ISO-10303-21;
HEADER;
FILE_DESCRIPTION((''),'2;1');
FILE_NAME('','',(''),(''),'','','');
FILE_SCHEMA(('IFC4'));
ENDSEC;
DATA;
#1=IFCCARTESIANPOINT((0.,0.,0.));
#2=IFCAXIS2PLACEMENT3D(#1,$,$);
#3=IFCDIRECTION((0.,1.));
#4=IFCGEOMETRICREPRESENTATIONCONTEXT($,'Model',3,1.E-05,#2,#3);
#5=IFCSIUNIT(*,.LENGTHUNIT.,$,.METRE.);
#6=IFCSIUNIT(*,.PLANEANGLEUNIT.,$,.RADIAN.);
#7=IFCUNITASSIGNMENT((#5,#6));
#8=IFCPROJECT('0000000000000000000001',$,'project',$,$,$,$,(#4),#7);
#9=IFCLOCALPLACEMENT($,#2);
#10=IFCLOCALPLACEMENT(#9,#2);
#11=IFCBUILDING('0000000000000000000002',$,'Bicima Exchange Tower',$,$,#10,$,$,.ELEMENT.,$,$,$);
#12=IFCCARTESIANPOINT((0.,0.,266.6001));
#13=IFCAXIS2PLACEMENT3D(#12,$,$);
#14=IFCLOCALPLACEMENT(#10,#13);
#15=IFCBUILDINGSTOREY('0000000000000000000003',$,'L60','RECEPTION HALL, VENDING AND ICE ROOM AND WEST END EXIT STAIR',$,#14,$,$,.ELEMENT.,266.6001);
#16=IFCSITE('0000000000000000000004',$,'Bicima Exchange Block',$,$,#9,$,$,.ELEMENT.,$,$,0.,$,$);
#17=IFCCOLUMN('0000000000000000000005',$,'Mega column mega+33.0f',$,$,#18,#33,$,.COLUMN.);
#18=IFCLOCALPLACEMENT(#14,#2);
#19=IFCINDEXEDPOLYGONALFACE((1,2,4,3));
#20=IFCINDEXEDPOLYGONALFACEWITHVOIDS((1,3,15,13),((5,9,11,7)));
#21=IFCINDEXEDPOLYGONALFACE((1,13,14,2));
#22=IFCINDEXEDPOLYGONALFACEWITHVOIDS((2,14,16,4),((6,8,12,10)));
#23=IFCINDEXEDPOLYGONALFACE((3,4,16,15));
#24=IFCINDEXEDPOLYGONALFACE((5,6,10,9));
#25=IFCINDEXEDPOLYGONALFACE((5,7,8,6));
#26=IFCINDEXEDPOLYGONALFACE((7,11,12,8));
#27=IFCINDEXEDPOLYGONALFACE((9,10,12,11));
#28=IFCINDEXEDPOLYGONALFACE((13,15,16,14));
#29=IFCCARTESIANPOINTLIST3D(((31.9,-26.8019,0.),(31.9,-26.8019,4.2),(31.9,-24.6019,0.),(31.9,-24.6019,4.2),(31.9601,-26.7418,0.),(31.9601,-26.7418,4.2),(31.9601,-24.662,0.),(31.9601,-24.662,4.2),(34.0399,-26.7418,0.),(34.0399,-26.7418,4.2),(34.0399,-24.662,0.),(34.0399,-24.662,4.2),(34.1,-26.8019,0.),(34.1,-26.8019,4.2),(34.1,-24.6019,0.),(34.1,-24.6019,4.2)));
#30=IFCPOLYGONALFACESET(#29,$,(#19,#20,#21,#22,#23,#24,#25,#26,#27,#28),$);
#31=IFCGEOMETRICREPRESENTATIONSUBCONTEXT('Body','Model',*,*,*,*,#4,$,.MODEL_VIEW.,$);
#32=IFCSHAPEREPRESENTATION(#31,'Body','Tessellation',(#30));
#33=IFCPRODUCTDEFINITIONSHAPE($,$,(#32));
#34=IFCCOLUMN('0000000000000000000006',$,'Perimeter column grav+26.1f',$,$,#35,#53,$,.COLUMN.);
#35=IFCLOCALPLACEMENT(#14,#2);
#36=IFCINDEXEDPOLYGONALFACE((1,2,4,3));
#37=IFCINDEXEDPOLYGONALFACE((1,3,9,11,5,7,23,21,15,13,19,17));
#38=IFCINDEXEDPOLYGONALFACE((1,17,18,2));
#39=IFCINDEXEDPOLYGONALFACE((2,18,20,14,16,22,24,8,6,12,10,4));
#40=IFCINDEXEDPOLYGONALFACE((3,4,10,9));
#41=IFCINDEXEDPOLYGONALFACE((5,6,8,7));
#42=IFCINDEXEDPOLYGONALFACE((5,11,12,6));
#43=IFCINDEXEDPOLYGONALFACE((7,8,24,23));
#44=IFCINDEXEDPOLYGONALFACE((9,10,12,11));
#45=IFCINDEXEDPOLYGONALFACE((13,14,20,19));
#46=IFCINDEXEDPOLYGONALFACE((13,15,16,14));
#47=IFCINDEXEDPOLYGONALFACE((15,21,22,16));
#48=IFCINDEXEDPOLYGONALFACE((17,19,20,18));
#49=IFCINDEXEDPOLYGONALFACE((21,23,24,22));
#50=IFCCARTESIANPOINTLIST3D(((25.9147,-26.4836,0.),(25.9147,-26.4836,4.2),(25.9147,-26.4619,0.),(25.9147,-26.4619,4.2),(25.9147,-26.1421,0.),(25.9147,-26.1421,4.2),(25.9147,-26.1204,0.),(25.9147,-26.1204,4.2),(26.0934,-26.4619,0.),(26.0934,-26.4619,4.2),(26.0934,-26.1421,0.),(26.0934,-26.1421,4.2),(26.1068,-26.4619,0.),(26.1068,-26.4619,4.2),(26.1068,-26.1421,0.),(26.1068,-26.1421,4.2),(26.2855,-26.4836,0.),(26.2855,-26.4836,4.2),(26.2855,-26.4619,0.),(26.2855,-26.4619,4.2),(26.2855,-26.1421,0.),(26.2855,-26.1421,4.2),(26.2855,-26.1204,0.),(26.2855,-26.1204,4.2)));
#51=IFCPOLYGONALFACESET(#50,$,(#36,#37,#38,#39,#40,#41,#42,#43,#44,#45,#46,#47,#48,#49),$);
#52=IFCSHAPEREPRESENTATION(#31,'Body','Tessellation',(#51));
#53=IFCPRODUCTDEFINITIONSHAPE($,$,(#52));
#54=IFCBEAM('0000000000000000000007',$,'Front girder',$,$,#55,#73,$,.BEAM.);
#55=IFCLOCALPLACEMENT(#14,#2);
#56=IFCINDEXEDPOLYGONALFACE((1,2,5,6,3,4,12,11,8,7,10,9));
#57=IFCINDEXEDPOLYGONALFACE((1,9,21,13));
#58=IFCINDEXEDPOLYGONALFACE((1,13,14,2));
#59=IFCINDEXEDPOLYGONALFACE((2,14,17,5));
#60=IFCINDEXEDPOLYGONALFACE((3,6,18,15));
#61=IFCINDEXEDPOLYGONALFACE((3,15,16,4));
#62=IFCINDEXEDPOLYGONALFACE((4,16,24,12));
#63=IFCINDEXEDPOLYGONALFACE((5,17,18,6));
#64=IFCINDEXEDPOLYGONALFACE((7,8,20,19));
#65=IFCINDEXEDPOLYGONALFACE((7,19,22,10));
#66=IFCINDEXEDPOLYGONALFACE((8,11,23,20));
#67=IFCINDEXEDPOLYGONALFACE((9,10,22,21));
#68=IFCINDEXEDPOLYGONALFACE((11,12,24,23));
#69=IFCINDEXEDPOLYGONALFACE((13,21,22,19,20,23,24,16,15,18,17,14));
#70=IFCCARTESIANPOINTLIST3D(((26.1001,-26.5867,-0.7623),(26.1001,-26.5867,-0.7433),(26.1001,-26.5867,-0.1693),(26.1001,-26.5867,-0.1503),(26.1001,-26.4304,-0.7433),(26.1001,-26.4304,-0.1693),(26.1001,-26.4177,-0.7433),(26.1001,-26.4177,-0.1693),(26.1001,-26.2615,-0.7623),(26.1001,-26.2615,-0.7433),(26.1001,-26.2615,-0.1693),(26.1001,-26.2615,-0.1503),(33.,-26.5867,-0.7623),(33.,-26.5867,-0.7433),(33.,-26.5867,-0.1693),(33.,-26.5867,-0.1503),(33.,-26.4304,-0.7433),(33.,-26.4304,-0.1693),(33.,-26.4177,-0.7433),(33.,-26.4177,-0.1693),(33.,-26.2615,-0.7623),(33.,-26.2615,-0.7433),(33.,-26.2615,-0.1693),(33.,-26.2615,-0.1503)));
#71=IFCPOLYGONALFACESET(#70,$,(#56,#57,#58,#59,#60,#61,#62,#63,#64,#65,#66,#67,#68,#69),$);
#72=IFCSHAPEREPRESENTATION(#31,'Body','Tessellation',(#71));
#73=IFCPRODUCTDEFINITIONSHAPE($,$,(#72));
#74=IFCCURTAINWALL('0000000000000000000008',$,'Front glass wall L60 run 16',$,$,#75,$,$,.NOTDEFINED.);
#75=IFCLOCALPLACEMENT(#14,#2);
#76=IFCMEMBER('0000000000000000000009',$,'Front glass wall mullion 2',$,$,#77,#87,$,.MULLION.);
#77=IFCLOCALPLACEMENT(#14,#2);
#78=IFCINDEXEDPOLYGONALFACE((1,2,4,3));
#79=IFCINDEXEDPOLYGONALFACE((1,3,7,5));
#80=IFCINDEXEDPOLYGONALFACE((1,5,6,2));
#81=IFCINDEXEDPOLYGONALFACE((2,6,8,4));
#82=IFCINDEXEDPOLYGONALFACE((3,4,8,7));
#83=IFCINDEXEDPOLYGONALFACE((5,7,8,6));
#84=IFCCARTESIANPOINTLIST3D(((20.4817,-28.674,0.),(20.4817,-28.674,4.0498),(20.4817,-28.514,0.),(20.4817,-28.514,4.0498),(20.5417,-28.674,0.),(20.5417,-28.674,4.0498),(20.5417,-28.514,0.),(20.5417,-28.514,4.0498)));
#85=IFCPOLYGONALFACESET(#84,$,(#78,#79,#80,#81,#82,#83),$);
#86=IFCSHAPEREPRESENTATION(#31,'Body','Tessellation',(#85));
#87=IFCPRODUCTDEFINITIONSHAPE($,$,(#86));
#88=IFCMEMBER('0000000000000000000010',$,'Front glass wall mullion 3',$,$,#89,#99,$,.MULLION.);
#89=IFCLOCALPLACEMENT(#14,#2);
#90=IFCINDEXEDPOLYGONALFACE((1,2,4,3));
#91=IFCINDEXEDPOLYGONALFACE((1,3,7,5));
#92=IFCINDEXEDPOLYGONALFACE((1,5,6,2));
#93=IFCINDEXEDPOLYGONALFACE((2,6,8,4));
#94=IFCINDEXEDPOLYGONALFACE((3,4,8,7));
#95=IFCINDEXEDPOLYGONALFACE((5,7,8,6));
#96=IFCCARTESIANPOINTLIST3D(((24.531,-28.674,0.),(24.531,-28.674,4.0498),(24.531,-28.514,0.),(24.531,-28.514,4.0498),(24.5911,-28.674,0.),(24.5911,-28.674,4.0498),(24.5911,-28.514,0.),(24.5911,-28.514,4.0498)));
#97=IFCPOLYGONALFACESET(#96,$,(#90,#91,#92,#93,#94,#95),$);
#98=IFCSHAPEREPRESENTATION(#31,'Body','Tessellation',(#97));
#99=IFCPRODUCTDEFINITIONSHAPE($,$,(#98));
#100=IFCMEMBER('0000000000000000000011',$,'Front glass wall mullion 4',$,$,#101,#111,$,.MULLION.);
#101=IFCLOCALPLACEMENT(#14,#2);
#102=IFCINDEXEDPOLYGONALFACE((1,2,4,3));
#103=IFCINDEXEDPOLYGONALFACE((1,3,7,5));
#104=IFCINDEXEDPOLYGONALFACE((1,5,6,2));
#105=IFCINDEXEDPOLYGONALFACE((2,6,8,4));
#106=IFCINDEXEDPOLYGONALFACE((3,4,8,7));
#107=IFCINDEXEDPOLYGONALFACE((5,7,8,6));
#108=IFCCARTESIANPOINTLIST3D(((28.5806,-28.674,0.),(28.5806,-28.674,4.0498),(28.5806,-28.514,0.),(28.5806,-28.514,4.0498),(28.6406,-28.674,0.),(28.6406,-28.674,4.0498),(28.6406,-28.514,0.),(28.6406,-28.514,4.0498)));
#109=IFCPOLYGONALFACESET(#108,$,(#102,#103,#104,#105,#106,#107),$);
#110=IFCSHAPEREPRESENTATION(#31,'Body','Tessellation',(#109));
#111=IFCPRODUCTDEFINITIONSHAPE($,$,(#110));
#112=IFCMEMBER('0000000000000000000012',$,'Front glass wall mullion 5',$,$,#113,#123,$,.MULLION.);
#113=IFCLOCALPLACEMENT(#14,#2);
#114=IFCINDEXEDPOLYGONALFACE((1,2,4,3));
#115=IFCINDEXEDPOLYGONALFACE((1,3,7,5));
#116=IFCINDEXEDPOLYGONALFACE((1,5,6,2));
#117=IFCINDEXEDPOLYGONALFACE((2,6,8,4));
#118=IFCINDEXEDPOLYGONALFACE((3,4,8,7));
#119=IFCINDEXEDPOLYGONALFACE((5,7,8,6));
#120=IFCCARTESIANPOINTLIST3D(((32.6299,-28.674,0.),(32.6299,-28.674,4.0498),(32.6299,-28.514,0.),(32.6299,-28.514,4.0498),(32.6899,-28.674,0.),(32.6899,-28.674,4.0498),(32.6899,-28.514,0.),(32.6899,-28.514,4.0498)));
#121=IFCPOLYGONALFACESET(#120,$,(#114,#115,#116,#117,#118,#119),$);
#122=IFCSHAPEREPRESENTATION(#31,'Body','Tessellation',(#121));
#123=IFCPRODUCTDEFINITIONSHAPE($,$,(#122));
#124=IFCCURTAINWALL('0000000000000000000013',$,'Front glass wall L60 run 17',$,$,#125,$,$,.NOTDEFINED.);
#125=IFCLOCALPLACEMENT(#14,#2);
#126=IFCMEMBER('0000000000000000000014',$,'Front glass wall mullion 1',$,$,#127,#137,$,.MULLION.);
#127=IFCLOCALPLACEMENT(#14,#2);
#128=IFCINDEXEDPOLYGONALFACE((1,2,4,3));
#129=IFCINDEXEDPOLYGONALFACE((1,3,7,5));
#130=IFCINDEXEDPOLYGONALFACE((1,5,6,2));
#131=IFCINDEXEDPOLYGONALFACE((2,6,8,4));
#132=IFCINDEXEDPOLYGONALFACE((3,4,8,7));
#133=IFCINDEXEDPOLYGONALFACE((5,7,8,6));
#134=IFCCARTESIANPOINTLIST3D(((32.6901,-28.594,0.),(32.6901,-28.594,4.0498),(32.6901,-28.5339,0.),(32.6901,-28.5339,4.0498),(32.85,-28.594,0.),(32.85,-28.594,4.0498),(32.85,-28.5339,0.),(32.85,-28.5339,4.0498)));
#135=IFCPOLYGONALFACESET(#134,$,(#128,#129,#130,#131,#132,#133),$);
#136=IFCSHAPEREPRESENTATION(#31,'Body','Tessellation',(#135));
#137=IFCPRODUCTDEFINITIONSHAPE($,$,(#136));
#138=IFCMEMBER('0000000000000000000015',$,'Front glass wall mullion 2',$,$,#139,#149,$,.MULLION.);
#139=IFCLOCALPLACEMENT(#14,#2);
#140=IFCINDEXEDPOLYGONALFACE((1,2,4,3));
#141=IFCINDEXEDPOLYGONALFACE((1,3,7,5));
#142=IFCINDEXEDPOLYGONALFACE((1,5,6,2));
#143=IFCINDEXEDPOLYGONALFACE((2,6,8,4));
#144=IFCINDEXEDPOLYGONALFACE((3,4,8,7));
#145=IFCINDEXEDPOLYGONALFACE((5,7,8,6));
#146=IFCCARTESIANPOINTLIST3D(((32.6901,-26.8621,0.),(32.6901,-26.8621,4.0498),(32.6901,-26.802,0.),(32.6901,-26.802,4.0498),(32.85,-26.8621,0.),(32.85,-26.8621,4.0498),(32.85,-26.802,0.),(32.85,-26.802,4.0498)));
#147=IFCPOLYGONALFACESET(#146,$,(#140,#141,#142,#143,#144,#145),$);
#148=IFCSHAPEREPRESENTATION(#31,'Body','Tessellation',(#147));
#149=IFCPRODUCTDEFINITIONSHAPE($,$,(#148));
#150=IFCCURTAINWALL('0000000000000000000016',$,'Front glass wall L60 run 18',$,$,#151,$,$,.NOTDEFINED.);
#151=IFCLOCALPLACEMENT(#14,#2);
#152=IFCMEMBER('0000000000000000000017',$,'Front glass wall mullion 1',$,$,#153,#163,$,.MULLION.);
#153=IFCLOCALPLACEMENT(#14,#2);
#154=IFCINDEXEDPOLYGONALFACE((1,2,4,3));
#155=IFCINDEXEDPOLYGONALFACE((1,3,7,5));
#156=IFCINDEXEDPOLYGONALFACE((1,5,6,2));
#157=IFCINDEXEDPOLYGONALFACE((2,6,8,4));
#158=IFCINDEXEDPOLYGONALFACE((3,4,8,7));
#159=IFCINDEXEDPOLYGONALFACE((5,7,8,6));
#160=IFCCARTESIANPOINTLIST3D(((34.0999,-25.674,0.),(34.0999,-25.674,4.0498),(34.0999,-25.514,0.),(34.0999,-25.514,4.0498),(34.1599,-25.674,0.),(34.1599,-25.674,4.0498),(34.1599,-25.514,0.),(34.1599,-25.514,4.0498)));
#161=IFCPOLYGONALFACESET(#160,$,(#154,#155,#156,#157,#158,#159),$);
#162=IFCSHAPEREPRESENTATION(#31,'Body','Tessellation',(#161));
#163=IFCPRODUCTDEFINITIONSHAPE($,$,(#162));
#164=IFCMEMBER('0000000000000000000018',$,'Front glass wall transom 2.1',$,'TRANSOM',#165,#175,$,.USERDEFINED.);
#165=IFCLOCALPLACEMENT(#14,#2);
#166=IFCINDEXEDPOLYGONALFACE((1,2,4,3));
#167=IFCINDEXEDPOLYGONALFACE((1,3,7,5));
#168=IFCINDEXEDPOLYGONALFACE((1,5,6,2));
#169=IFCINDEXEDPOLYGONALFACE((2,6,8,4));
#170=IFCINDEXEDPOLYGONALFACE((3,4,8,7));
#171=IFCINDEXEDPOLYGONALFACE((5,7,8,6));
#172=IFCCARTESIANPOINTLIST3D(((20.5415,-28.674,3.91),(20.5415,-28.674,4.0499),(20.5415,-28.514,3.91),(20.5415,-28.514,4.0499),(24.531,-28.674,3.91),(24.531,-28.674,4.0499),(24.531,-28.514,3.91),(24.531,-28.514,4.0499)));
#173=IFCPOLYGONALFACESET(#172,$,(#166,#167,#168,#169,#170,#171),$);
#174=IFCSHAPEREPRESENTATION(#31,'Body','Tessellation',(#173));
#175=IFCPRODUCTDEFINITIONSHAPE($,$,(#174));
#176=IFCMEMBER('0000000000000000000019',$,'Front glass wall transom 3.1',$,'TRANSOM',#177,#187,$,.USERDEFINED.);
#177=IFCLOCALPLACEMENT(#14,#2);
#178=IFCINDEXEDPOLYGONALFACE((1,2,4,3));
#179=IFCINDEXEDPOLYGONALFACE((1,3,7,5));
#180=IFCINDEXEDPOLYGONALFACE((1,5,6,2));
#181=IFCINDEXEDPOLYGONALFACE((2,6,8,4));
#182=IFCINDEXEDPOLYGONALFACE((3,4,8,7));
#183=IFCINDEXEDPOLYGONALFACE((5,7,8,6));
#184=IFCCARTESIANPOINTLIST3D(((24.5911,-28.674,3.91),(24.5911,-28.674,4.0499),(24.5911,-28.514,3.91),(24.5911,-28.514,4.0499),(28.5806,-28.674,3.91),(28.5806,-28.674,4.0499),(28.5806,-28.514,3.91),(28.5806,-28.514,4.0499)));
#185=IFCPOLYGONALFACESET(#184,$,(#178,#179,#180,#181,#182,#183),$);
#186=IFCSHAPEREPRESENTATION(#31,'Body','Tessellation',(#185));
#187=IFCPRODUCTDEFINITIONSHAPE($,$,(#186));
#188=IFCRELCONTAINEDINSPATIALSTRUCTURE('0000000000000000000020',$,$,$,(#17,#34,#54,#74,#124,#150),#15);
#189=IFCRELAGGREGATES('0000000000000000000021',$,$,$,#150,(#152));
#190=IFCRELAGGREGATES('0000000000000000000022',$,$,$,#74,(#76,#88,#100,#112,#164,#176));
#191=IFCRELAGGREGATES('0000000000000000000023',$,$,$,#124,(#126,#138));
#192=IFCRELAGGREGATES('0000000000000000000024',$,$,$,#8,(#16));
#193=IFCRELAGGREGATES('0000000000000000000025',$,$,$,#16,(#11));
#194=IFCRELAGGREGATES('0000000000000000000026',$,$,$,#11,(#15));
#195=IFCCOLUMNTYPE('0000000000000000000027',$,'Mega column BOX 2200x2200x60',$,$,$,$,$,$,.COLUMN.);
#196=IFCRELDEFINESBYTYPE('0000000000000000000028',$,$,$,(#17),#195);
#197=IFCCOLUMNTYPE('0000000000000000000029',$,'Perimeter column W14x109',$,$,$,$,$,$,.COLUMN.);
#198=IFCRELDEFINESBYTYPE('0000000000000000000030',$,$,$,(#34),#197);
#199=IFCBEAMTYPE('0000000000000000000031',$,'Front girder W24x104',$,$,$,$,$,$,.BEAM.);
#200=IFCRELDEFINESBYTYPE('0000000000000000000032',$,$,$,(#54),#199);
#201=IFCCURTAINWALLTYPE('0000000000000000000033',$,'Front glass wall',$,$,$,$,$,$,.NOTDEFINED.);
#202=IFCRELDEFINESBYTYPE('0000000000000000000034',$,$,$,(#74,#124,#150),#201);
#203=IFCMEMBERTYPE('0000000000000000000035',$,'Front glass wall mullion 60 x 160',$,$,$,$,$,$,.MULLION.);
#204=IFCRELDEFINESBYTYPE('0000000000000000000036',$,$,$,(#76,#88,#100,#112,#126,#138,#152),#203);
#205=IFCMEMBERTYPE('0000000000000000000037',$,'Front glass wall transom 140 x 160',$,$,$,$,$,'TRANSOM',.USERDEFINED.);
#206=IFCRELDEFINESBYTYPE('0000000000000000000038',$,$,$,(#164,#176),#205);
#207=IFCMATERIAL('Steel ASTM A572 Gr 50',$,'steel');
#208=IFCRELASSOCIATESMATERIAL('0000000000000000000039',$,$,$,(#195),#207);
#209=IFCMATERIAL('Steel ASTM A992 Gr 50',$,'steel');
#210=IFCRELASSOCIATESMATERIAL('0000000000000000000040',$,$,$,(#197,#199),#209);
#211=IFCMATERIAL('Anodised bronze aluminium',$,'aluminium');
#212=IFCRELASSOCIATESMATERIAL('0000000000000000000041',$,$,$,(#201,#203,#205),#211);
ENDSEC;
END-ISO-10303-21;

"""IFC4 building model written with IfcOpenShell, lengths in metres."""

from ifc_helpers import new_model, si_unit, direction, frame, origin, origin_2d, place, context, subcontext, project, spatial, rectangle, hollow_rectangle, i_section, extrude, material, material_profile, profile_set, type_object, element, aggregate, save


model = new_model("IFC4")

# Units and contexts
model_context = context("Model", 3, precision=1e-05, world=origin(), true_north=direction((0.0, 1.0)))
body_context = subcontext(model_context, "Body", "Model", "MODEL_VIEW")
ifc_project = project(units=[si_unit("LENGTHUNIT", "METRE"), si_unit("PLANEANGLEUNIT", "RADIAN")], contexts=[model_context])

# Site, building, storey
site_placement = place(None, origin())
site = spatial("IfcSite", under=ifc_project, at=site_placement, Name="Bicima Exchange Block", CompositionType="ELEMENT", RefElevation=0.0)
building_placement = place(site_placement, origin())
building = spatial("IfcBuilding", under=site, at=building_placement, Name="Bicima Exchange Tower", CompositionType="ELEMENT")
storey_placement = place(building_placement, frame((0.0, 0.0, 266.6001)))
storey = spatial("IfcBuildingStorey", under=building, at=storey_placement, Name="L60", Description="RECEPTION HALL, VENDING AND ICE ROOM AND WEST END EXIT STAIR", CompositionType="ELEMENT", Elevation=266.6001)

# Columns
ifc_material_1 = material(Name="Steel ASTM A572 Gr 50", Category="steel")
ifc_material_profile_1 = material_profile(ifc_material_1, hollow_rectangle(XDim=2.2, YDim=2.2, WallThickness=0.0601, at=origin_2d()))
ifc_profile_set_1 = profile_set([ifc_material_profile_1], Name="Steel ASTM A572 Gr 50")
column_type_1 = type_object("IfcColumnType", Name="Mega column BOX 2200x2200x60", PredefinedType="COLUMN", material=ifc_profile_set_1)
column_1_placement = place(storey_placement, frame((33.0, -25.7019, 0.0), z_axis=(0.0, 0.0, 1.0), x_axis=(1.0, 0.0, 0.0)))
element("IfcColumn", 1, at=column_1_placement, inside=storey, type_object=column_type_1, Name="Mega column mega+33.0f", PredefinedType="COLUMN", context=body_context, shape_type="SweptSolid", body=[
    extrude(hollow_rectangle(XDim=2.2, YDim=2.2, WallThickness=0.0601, at=origin_2d()), origin(), (0.0, 0.0, 1.0), 4.2),
])
ifc_material_2 = material(Name="Steel ASTM A992 Gr 50", Category="steel")
ifc_material_profile_2 = material_profile(ifc_material_2, i_section(OverallWidth=0.3708, OverallDepth=0.3633, WebThickness=0.0134, FlangeThickness=0.0217, at=origin_2d()))
ifc_profile_set_2 = profile_set([ifc_material_profile_2], Name="Steel ASTM A992 Gr 50")
column_type_2 = type_object("IfcColumnType", Name="Perimeter column W14x109", PredefinedType="COLUMN", material=ifc_profile_set_2)
column_2_placement = place(storey_placement, frame((26.1001, -26.302, 0.0), z_axis=(0.0, 0.0, 1.0), x_axis=(1.0, 0.0, 0.0)))
element("IfcColumn", 2, at=column_2_placement, inside=storey, type_object=column_type_2, Name="Perimeter column grav+26.1f", PredefinedType="COLUMN", context=body_context, shape_type="SweptSolid", body=[
    extrude(i_section(OverallWidth=0.3708, OverallDepth=0.3633, WebThickness=0.0134, FlangeThickness=0.0217, at=origin_2d()), origin(), (0.0, 0.0, 1.0), 4.2),
])

# Beam
ifc_material_profile_3 = material_profile(ifc_material_2, i_section(OverallWidth=0.3252, OverallDepth=0.6121, WebThickness=0.0127, FlangeThickness=0.019, at=origin_2d()))
ifc_profile_set_3 = profile_set([ifc_material_profile_3], Name="Steel ASTM A992 Gr 50")
beam_type = type_object("IfcBeamType", Name="Front girder W24x104", PredefinedType="BEAM", material=ifc_profile_set_3)
beam_placement = place(storey_placement, frame((26.1001, -26.4241, -0.4563), z_axis=(1.0, 0.0, 0.0), x_axis=(0.0, 1.0, 0.0)))
element("IfcBeam", 3, at=beam_placement, inside=storey, type_object=beam_type, Name="Front girder", PredefinedType="BEAM", context=body_context, shape_type="SweptSolid", body=[
    extrude(i_section(OverallWidth=0.3252, OverallDepth=0.6121, WebThickness=0.0127, FlangeThickness=0.019, at=origin_2d()), origin(), (0.0, 0.0, 1.0), 6.8999),
])

# Curtain walls, members
ifc_material_3 = material(Name="Anodised bronze aluminium", Category="aluminium")
curtain_wall_type = type_object("IfcCurtainWallType", Name="Front glass wall", PredefinedType="NOTDEFINED", material=ifc_material_3)
curtain_wall_1_placement = place(storey_placement, origin())
curtain_wall_1 = element("IfcCurtainWall", 4, at=curtain_wall_1_placement, inside=storey, type_object=curtain_wall_type, Name="Front glass wall L60 run 16", PredefinedType="NOTDEFINED")
ifc_material_profile_4 = material_profile(ifc_material_3, rectangle(XDim=0.1599, YDim=0.0601, at=origin_2d()))
ifc_profile_set_4 = profile_set([ifc_material_profile_4], Name="Anodised bronze aluminium")
member_type_1 = type_object("IfcMemberType", Name="Front glass wall mullion 60 x 160", PredefinedType="MULLION", material=ifc_profile_set_4)
member_1_placement = place(storey_placement, frame((20.5117, -28.594, 0.0), z_axis=(0.0, 0.0, 1.0), x_axis=(0.0, 1.0, 0.0)))
member_1 = element("IfcMember", 5, at=member_1_placement, type_object=member_type_1, Name="Front glass wall mullion 2", PredefinedType="MULLION", context=body_context, shape_type="SweptSolid", body=[
    extrude(rectangle(XDim=0.1599, YDim=0.0601, at=origin_2d()), origin(), (0.0, 0.0, 1.0), 4.0498),
])
member_2_placement = place(storey_placement, frame((24.561, -28.594, 0.0), z_axis=(0.0, 0.0, 1.0), x_axis=(0.0, 1.0, 0.0)))
member_2 = element("IfcMember", 6, at=member_2_placement, type_object=member_type_1, Name="Front glass wall mullion 3", PredefinedType="MULLION", context=body_context, shape_type="SweptSolid", body=[
    extrude(rectangle(XDim=0.1599, YDim=0.0601, at=origin_2d()), origin(), (0.0, 0.0, 1.0), 4.0498),
])
member_3_placement = place(storey_placement, frame((28.6106, -28.594, 0.0), z_axis=(0.0, 0.0, 1.0), x_axis=(0.0, 1.0, 0.0)))
member_3 = element("IfcMember", 7, at=member_3_placement, type_object=member_type_1, Name="Front glass wall mullion 4", PredefinedType="MULLION", context=body_context, shape_type="SweptSolid", body=[
    extrude(rectangle(XDim=0.1599, YDim=0.0601, at=origin_2d()), origin(), (0.0, 0.0, 1.0), 4.0498),
])
member_4_placement = place(storey_placement, frame((32.6599, -28.594, 0.0), z_axis=(0.0, 0.0, 1.0), x_axis=(0.0, 1.0, 0.0)))
member_4 = element("IfcMember", 8, at=member_4_placement, type_object=member_type_1, Name="Front glass wall mullion 5", PredefinedType="MULLION", context=body_context, shape_type="SweptSolid", body=[
    extrude(rectangle(XDim=0.1599, YDim=0.0601, at=origin_2d()), origin(), (0.0, 0.0, 1.0), 4.0498),
])
curtain_wall_2_placement = place(storey_placement, origin())
curtain_wall_2 = element("IfcCurtainWall", 9, at=curtain_wall_2_placement, inside=storey, type_object=curtain_wall_type, Name="Front glass wall L60 run 17", PredefinedType="NOTDEFINED")
member_5_placement = place(storey_placement, frame((32.77, -28.564, 0.0), z_axis=(0.0, 0.0, 1.0), x_axis=(-1.0, 0.0, 0.0)))
member_5 = element("IfcMember", 10, at=member_5_placement, type_object=member_type_1, Name="Front glass wall mullion 1", PredefinedType="MULLION", context=body_context, shape_type="SweptSolid", body=[
    extrude(rectangle(XDim=0.1599, YDim=0.0601, at=origin_2d()), origin(), (0.0, 0.0, 1.0), 4.0498),
])
member_6_placement = place(storey_placement, frame((32.77, -26.832, 0.0), z_axis=(0.0, 0.0, 1.0), x_axis=(-1.0, 0.0, 0.0)))
member_6 = element("IfcMember", 11, at=member_6_placement, type_object=member_type_1, Name="Front glass wall mullion 2", PredefinedType="MULLION", context=body_context, shape_type="SweptSolid", body=[
    extrude(rectangle(XDim=0.1599, YDim=0.0601, at=origin_2d()), origin(), (0.0, 0.0, 1.0), 4.0498),
])

# Curtain wall, member
curtain_wall_3_placement = place(storey_placement, origin())
curtain_wall_3 = element("IfcCurtainWall", 12, at=curtain_wall_3_placement, inside=storey, type_object=curtain_wall_type, Name="Front glass wall L60 run 18", PredefinedType="NOTDEFINED")
member_7_placement = place(storey_placement, frame((34.1299, -25.594, 0.0), z_axis=(0.0, 0.0, 1.0), x_axis=(0.0, 1.0, 0.0)))
member_7 = element("IfcMember", 13, at=member_7_placement, type_object=member_type_1, Name="Front glass wall mullion 1", PredefinedType="MULLION", context=body_context, shape_type="SweptSolid", body=[
    extrude(rectangle(XDim=0.1599, YDim=0.0601, at=origin_2d()), origin(), (0.0, 0.0, 1.0), 4.0498),
])
aggregate(curtain_wall_3, [member_7])

# Members
ifc_material_profile_5 = material_profile(ifc_material_3, rectangle(XDim=0.1599, YDim=0.1399, at=origin_2d()))
ifc_profile_set_5 = profile_set([ifc_material_profile_5], Name="Anodised bronze aluminium")
member_type_2 = type_object("IfcMemberType", Name="Front glass wall transom 140 x 160", ElementType="TRANSOM", PredefinedType="USERDEFINED", material=ifc_profile_set_5)
member_8_placement = place(storey_placement, frame((20.5415, -28.594, 3.98), z_axis=(1.0, 0.0, 0.0), x_axis=(0.0, 1.0, 0.0)))
member_8 = element("IfcMember", 14, at=member_8_placement, type_object=member_type_2, Name="Front glass wall transom 2.1", ObjectType="TRANSOM", PredefinedType="USERDEFINED", context=body_context, shape_type="SweptSolid", body=[
    extrude(rectangle(XDim=0.1599, YDim=0.1399, at=origin_2d()), origin(), (0.0, 0.0, 1.0), 3.9895),
])
member_9_placement = place(storey_placement, frame((24.5911, -28.594, 3.98), z_axis=(1.0, 0.0, 0.0), x_axis=(0.0, 1.0, 0.0)))
member_9 = element("IfcMember", 15, at=member_9_placement, type_object=member_type_2, Name="Front glass wall transom 3.1", ObjectType="TRANSOM", PredefinedType="USERDEFINED", context=body_context, shape_type="SweptSolid", body=[
    extrude(rectangle(XDim=0.1599, YDim=0.1399, at=origin_2d()), origin(), (0.0, 0.0, 1.0), 3.9895),
])

aggregate(curtain_wall_1, [member_1, member_2, member_3, member_4, member_8, member_9])
aggregate(curtain_wall_2, [member_5, member_6])

save(model, "model.ifc")
